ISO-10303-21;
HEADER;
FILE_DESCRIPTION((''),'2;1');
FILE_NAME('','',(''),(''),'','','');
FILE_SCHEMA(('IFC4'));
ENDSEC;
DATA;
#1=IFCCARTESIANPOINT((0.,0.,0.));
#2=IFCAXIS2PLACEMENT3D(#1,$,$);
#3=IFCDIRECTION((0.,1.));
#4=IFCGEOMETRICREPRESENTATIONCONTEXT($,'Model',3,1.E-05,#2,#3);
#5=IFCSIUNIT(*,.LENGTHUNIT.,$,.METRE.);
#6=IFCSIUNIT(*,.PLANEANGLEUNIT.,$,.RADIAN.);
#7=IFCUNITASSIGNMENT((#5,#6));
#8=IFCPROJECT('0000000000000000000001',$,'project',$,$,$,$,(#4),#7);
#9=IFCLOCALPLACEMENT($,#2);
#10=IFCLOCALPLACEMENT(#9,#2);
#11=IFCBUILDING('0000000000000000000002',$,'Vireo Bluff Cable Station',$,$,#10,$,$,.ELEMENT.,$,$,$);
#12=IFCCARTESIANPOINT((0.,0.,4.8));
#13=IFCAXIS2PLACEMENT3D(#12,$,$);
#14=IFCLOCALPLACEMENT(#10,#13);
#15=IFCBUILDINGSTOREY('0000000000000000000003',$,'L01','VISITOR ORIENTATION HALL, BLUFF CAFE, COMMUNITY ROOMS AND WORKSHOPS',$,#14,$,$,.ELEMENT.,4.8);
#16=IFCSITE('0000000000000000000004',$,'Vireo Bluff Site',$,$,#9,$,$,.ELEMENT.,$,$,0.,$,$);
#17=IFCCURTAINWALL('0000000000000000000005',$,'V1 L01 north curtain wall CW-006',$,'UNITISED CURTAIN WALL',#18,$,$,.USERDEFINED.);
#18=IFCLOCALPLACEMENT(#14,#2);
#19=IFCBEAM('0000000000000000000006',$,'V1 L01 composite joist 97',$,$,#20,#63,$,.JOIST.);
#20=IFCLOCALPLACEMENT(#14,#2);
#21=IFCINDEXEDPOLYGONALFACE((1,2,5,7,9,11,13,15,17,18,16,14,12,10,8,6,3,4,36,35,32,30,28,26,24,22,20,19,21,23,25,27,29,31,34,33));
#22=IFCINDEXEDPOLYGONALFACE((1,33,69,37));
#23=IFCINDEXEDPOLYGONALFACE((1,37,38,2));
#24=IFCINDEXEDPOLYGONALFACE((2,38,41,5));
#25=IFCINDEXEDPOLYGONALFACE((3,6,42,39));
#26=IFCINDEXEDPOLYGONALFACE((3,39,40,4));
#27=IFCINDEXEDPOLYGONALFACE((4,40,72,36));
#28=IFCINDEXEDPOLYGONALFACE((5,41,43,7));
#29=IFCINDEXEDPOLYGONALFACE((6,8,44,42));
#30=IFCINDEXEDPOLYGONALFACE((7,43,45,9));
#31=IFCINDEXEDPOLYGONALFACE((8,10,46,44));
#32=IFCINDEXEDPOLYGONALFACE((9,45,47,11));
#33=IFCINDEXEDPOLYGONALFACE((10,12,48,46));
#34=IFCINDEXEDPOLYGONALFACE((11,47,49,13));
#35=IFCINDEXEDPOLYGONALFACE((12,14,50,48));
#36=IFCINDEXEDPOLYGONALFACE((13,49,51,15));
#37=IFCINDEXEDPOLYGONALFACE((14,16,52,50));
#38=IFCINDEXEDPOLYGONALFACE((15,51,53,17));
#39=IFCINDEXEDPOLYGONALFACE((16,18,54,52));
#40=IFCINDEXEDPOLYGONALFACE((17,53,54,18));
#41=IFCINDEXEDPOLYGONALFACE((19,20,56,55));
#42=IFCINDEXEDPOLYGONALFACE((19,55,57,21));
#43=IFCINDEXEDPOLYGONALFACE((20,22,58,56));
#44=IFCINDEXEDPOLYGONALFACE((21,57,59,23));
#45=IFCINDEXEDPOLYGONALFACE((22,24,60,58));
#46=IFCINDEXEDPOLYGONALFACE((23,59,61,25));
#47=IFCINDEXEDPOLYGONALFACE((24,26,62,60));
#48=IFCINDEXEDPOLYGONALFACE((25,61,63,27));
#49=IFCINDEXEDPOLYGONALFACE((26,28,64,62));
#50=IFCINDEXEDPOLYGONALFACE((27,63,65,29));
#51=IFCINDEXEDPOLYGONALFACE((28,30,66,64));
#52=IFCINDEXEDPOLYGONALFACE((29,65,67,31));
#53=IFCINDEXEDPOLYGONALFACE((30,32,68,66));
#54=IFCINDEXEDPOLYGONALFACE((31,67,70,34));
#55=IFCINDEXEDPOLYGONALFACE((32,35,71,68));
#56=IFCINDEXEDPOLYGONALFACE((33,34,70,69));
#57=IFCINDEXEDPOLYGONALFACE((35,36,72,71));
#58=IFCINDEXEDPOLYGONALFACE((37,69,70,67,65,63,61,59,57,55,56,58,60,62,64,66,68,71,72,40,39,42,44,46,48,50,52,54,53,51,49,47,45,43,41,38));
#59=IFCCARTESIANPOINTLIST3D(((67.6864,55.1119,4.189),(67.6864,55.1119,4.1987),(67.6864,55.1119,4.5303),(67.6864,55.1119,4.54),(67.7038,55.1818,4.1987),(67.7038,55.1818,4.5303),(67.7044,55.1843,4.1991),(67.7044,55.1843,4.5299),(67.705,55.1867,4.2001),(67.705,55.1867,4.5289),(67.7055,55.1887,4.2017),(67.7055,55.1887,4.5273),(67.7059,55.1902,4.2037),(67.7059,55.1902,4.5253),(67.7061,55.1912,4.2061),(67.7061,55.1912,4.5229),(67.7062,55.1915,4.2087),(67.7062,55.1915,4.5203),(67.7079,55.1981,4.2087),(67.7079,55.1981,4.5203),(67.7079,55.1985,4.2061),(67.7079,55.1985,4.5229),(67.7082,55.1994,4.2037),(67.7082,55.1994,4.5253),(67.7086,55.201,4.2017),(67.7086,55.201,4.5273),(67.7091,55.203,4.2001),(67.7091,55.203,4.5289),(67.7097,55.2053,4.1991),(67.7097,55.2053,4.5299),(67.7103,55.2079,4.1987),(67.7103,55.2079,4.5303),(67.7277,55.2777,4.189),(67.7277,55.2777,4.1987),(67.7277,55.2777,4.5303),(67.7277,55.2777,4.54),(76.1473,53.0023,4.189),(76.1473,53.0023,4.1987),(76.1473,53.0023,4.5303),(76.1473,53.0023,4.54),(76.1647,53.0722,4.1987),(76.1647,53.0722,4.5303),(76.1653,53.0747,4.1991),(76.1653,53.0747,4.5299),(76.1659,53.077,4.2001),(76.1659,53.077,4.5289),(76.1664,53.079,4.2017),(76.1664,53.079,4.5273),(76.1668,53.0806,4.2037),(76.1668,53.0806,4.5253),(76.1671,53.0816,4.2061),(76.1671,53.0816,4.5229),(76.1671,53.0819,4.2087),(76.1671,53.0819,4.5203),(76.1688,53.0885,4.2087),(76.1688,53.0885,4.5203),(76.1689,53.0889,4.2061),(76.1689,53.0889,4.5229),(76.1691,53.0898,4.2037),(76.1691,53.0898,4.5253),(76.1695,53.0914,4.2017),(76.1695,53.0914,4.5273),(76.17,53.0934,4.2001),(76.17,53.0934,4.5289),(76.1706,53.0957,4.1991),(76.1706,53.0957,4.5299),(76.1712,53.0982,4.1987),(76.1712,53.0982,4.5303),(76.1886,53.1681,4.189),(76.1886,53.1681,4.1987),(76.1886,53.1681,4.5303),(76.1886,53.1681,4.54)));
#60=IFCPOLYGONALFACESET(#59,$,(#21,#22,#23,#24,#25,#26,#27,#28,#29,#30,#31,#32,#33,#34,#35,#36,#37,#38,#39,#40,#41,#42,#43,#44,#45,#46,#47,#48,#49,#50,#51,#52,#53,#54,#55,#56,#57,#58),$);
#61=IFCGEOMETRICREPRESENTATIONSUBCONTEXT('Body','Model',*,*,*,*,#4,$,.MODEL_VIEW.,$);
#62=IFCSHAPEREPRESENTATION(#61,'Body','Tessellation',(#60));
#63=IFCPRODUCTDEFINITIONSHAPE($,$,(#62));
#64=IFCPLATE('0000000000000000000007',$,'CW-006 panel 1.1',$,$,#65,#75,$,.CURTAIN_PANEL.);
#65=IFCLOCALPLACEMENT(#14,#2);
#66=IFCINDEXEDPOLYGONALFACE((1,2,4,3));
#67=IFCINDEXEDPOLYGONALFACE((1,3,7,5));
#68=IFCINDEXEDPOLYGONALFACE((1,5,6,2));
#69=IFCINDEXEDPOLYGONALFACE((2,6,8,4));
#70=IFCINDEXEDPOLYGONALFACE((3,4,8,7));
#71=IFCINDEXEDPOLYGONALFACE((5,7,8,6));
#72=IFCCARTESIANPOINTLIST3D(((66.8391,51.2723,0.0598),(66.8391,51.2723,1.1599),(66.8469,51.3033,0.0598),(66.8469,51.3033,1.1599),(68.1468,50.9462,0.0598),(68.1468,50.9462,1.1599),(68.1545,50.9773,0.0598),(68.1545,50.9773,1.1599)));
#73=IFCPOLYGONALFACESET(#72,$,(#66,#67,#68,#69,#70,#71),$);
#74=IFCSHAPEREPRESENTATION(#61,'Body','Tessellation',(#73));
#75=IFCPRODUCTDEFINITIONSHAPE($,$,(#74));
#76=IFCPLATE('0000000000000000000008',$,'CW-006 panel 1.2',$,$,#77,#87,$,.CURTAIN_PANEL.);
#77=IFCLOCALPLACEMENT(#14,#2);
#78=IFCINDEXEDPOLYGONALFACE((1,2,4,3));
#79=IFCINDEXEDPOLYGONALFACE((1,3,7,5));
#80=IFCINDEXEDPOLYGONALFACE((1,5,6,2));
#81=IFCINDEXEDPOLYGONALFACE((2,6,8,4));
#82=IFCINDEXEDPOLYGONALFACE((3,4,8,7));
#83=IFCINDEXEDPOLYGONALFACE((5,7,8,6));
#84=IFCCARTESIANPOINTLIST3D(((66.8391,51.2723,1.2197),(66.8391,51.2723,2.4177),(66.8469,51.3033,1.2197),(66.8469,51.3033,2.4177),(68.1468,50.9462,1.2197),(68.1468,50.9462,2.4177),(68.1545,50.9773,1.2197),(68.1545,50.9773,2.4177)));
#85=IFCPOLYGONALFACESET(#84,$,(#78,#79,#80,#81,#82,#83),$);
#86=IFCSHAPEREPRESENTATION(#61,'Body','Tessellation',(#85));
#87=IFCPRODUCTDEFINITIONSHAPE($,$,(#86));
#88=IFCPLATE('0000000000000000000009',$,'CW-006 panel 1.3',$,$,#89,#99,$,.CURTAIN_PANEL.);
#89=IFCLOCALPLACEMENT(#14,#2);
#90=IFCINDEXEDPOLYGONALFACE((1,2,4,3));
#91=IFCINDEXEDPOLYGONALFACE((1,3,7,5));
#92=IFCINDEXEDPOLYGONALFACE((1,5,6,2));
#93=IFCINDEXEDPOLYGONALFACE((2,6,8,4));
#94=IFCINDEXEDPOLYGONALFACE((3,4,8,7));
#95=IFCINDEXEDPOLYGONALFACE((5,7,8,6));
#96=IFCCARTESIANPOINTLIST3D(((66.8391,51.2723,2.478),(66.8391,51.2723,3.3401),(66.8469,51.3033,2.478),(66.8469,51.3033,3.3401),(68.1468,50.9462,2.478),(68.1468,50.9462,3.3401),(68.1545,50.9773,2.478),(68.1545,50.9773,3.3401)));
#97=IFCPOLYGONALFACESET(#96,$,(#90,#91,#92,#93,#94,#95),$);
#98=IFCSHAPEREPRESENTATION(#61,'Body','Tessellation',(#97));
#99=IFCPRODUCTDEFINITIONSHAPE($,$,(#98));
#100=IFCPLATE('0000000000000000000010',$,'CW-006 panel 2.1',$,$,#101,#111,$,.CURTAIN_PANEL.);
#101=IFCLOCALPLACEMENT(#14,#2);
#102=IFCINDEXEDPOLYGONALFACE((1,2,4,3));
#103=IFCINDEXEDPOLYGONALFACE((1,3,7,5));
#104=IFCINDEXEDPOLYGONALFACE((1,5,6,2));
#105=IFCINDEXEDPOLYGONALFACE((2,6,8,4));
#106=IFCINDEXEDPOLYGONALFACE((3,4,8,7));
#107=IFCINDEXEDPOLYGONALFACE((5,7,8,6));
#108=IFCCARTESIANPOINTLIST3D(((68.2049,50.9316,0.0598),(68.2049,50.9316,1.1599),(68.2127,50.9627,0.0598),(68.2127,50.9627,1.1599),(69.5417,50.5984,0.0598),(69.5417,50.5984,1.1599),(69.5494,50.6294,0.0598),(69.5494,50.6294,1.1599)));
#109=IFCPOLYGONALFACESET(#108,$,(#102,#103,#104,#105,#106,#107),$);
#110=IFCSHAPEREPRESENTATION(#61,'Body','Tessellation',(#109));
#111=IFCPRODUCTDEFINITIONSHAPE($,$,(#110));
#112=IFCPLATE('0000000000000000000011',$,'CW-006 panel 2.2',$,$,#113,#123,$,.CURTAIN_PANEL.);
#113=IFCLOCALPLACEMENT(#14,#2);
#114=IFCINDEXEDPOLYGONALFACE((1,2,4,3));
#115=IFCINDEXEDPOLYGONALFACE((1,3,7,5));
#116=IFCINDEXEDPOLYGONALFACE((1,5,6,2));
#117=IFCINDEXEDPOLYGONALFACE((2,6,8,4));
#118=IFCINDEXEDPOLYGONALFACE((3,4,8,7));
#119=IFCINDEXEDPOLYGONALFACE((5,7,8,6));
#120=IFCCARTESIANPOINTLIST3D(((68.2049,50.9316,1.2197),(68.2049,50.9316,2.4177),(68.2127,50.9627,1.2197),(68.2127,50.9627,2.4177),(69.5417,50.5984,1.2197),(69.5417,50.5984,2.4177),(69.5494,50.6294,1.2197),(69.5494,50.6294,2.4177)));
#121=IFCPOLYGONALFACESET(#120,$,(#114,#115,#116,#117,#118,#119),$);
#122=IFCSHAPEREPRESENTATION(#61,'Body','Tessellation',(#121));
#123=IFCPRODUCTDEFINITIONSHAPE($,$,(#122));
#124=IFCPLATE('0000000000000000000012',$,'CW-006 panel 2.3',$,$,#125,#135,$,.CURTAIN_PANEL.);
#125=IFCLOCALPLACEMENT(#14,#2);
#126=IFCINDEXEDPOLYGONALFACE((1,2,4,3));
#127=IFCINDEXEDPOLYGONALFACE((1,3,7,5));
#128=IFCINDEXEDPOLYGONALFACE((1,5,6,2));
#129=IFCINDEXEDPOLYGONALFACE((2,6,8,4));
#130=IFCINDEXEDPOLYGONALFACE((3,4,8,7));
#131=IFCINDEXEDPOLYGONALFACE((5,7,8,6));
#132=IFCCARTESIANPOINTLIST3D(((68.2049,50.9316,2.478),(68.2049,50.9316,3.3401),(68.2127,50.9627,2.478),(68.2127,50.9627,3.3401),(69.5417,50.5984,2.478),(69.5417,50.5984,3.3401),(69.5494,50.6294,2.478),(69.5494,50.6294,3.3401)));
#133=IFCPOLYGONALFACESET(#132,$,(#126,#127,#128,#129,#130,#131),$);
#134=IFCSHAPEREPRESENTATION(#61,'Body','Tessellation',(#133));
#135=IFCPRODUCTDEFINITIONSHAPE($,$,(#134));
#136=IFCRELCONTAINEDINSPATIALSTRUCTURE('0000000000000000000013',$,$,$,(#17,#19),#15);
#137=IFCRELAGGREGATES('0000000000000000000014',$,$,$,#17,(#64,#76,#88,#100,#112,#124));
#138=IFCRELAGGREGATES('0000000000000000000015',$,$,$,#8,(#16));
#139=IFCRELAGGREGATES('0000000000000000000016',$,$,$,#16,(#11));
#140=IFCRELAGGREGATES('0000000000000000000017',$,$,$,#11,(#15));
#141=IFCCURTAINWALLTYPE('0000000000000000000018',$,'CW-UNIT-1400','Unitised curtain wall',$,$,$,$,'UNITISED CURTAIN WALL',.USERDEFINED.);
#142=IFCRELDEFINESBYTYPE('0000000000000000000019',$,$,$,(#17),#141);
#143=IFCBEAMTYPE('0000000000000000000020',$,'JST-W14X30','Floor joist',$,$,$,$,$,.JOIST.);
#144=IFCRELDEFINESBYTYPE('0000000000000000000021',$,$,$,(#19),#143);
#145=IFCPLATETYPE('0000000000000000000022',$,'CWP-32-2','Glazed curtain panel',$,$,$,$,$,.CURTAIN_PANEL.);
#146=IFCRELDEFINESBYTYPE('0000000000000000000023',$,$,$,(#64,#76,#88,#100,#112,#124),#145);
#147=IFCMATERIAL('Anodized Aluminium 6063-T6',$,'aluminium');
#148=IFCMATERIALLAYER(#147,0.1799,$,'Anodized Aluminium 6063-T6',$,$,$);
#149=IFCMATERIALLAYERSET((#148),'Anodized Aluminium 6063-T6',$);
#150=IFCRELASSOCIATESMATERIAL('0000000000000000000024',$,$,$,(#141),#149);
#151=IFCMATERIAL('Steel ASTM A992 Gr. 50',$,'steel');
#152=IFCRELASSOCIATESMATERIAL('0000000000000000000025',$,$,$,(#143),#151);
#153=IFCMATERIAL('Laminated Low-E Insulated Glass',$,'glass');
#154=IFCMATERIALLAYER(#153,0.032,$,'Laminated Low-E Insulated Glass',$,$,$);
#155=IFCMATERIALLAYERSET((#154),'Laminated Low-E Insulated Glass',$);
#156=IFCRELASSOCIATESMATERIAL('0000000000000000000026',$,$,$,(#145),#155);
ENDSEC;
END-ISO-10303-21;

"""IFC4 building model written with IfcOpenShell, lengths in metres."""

from ifc_helpers import new_model, si_unit, direction, frame, origin, origin_2d, place, context, subcontext, project, spatial, rectangle, i_section, extrude, material, layer, layer_set, material_profile, profile_set, type_object, element, aggregate, save


model = new_model("IFC4")

# Units and contexts
model_context = context("Model", 3, precision=1e-05, world=origin(), true_north=direction((0.0, 1.0)))
body_context = subcontext(model_context, "Body", "Model", "MODEL_VIEW")
ifc_project = project(units=[si_unit("LENGTHUNIT", "METRE"), si_unit("PLANEANGLEUNIT", "RADIAN")], contexts=[model_context])

# Site, building, storey
site_placement = place(None, origin())
site = spatial("IfcSite", under=ifc_project, at=site_placement, Name="Vireo Bluff Site", CompositionType="ELEMENT", RefElevation=0.0)
building_placement = place(site_placement, origin())
building = spatial("IfcBuilding", under=site, at=building_placement, Name="Vireo Bluff Cable Station", CompositionType="ELEMENT")
storey_placement = place(building_placement, frame((0.0, 0.0, 4.8)))
storey = spatial("IfcBuildingStorey", under=building, at=storey_placement, Name="L01", Description="VISITOR ORIENTATION HALL, BLUFF CAFE, COMMUNITY ROOMS AND WORKSHOPS", CompositionType="ELEMENT", Elevation=4.8)

# Curtain wall
ifc_material_1 = material(Name="Anodized Aluminium 6063-T6", Category="aluminium")
ifc_layer_1 = layer(ifc_material_1, 0.1799, Name="Anodized Aluminium 6063-T6")
ifc_layer_set_1 = layer_set([ifc_layer_1], Name="Anodized Aluminium 6063-T6")
curtain_wall_type = type_object("IfcCurtainWallType", Name="CW-UNIT-1400", Description="Unitised curtain wall", ElementType="UNITISED CURTAIN WALL", PredefinedType="USERDEFINED", material=ifc_layer_set_1)
curtain_wall_placement = place(storey_placement, origin())
curtain_wall = element("IfcCurtainWall", 1, at=curtain_wall_placement, inside=storey, type_object=curtain_wall_type, Name="V1 L01 north curtain wall CW-006", ObjectType="UNITISED CURTAIN WALL", PredefinedType="USERDEFINED")

# Beam
ifc_material_2 = material(Name="Steel ASTM A992 Gr. 50", Category="steel")
ifc_material_profile_1 = material_profile(ifc_material_2, i_section(OverallWidth=0.1709, OverallDepth=0.3511, WebThickness=0.0068, FlangeThickness=0.0098, FilletRadius=0.01, at=origin_2d()), Name="W14X30")
ifc_profile_set_1 = profile_set([ifc_material_profile_1], Name="Steel ASTM A992 Gr. 50")
beam_type_1 = type_object("IfcBeamType", Name="JST-W14X30", Description="Floor joist", PredefinedType="JOIST", material=ifc_profile_set_1)
beam_1_placement = place(storey_placement, frame((67.707, 55.1948, 4.3645), z_axis=(0.970294, -0.24193, 0.0), x_axis=(0.24193, 0.970294, 0.0)))
element("IfcBeam", 2, at=beam_1_placement, inside=storey, type_object=beam_type_1, Name="V1 L01 composite joist 97", PredefinedType="JOIST", context=body_context, shape_type="SweptSolid", body=[
    extrude(i_section(OverallWidth=0.1709, OverallDepth=0.3511, WebThickness=0.0068, FlangeThickness=0.0098, FilletRadius=0.01, at=origin_2d()), origin(), (0.0, 0.0, 1.0), 8.72),
])

# Plates
ifc_material_3 = material(Name="Laminated Low-E Insulated Glass", Category="glass")
ifc_layer_2 = layer(ifc_material_3, 0.032, Name="Laminated Low-E Insulated Glass")
ifc_layer_set_2 = layer_set([ifc_layer_2], Name="Laminated Low-E Insulated Glass")
plate_type = type_object("IfcPlateType", Name="CWP-32-2", Description="Glazed curtain panel", PredefinedType="CURTAIN_PANEL", material=ifc_layer_set_2)
plate_1_placement = place(storey_placement, frame((67.4968, 51.1248, 0.0598), z_axis=(0.0, 0.0, 1.0), x_axis=(0.970296, -0.241922, 0.0)))
plate_1 = element("IfcPlate", 3, at=plate_1_placement, type_object=plate_type, Name="CW-006 panel 1.1", PredefinedType="CURTAIN_PANEL", context=body_context, shape_type="SweptSolid", body=[
    extrude(rectangle(XDim=1.3477, YDim=0.032, at=origin_2d()), origin(), (0.0, 0.0, 1.0), 1.1001),
])
plate_2_placement = place(storey_placement, frame((67.4968, 51.1248, 1.2197), z_axis=(0.0, 0.0, 1.0), x_axis=(0.970296, -0.241922, 0.0)))
plate_2 = element("IfcPlate", 4, at=plate_2_placement, type_object=plate_type, Name="CW-006 panel 1.2", PredefinedType="CURTAIN_PANEL", context=body_context, shape_type="SweptSolid", body=[
    extrude(rectangle(XDim=1.3477, YDim=0.032, at=origin_2d()), origin(), (0.0, 0.0, 1.0), 1.198),
])
plate_3_placement = place(storey_placement, frame((67.4968, 51.1248, 2.478), z_axis=(0.0, 0.0, 1.0), x_axis=(0.970296, -0.241922, 0.0)))
plate_3 = element("IfcPlate", 5, at=plate_3_placement, type_object=plate_type, Name="CW-006 panel 1.3", PredefinedType="CURTAIN_PANEL", context=body_context, shape_type="SweptSolid", body=[
    extrude(rectangle(XDim=1.3477, YDim=0.032, at=origin_2d()), origin(), (0.0, 0.0, 1.0), 0.8621),
])
plate_4_placement = place(storey_placement, frame((68.8772, 50.7805, 0.0598), z_axis=(0.0, 0.0, 1.0), x_axis=(0.970296, -0.241922, 0.0)))
plate_4 = element("IfcPlate", 6, at=plate_4_placement, type_object=plate_type, Name="CW-006 panel 2.1", PredefinedType="CURTAIN_PANEL", context=body_context, shape_type="SweptSolid", body=[
    extrude(rectangle(XDim=1.3777, YDim=0.032, at=origin_2d()), origin(), (0.0, 0.0, 1.0), 1.1001),
])
plate_5_placement = place(storey_placement, frame((68.8772, 50.7805, 1.2197), z_axis=(0.0, 0.0, 1.0), x_axis=(0.970296, -0.241922, 0.0)))
plate_5 = element("IfcPlate", 7, at=plate_5_placement, type_object=plate_type, Name="CW-006 panel 2.2", PredefinedType="CURTAIN_PANEL", context=body_context, shape_type="SweptSolid", body=[
    extrude(rectangle(XDim=1.3777, YDim=0.032, at=origin_2d()), origin(), (0.0, 0.0, 1.0), 1.198),
])
plate_6_placement = place(storey_placement, frame((68.8772, 50.7805, 2.478), z_axis=(0.0, 0.0, 1.0), x_axis=(0.970296, -0.241922, 0.0)))
plate_6 = element("IfcPlate", 8, at=plate_6_placement, type_object=plate_type, Name="CW-006 panel 2.3", PredefinedType="CURTAIN_PANEL", context=body_context, shape_type="SweptSolid", body=[
    extrude(rectangle(XDim=1.3777, YDim=0.032, at=origin_2d()), origin(), (0.0, 0.0, 1.0), 0.8621),
])
aggregate(curtain_wall, [plate_1, plate_2, plate_3, plate_4, plate_5, plate_6])

save(model, "model.ifc")
